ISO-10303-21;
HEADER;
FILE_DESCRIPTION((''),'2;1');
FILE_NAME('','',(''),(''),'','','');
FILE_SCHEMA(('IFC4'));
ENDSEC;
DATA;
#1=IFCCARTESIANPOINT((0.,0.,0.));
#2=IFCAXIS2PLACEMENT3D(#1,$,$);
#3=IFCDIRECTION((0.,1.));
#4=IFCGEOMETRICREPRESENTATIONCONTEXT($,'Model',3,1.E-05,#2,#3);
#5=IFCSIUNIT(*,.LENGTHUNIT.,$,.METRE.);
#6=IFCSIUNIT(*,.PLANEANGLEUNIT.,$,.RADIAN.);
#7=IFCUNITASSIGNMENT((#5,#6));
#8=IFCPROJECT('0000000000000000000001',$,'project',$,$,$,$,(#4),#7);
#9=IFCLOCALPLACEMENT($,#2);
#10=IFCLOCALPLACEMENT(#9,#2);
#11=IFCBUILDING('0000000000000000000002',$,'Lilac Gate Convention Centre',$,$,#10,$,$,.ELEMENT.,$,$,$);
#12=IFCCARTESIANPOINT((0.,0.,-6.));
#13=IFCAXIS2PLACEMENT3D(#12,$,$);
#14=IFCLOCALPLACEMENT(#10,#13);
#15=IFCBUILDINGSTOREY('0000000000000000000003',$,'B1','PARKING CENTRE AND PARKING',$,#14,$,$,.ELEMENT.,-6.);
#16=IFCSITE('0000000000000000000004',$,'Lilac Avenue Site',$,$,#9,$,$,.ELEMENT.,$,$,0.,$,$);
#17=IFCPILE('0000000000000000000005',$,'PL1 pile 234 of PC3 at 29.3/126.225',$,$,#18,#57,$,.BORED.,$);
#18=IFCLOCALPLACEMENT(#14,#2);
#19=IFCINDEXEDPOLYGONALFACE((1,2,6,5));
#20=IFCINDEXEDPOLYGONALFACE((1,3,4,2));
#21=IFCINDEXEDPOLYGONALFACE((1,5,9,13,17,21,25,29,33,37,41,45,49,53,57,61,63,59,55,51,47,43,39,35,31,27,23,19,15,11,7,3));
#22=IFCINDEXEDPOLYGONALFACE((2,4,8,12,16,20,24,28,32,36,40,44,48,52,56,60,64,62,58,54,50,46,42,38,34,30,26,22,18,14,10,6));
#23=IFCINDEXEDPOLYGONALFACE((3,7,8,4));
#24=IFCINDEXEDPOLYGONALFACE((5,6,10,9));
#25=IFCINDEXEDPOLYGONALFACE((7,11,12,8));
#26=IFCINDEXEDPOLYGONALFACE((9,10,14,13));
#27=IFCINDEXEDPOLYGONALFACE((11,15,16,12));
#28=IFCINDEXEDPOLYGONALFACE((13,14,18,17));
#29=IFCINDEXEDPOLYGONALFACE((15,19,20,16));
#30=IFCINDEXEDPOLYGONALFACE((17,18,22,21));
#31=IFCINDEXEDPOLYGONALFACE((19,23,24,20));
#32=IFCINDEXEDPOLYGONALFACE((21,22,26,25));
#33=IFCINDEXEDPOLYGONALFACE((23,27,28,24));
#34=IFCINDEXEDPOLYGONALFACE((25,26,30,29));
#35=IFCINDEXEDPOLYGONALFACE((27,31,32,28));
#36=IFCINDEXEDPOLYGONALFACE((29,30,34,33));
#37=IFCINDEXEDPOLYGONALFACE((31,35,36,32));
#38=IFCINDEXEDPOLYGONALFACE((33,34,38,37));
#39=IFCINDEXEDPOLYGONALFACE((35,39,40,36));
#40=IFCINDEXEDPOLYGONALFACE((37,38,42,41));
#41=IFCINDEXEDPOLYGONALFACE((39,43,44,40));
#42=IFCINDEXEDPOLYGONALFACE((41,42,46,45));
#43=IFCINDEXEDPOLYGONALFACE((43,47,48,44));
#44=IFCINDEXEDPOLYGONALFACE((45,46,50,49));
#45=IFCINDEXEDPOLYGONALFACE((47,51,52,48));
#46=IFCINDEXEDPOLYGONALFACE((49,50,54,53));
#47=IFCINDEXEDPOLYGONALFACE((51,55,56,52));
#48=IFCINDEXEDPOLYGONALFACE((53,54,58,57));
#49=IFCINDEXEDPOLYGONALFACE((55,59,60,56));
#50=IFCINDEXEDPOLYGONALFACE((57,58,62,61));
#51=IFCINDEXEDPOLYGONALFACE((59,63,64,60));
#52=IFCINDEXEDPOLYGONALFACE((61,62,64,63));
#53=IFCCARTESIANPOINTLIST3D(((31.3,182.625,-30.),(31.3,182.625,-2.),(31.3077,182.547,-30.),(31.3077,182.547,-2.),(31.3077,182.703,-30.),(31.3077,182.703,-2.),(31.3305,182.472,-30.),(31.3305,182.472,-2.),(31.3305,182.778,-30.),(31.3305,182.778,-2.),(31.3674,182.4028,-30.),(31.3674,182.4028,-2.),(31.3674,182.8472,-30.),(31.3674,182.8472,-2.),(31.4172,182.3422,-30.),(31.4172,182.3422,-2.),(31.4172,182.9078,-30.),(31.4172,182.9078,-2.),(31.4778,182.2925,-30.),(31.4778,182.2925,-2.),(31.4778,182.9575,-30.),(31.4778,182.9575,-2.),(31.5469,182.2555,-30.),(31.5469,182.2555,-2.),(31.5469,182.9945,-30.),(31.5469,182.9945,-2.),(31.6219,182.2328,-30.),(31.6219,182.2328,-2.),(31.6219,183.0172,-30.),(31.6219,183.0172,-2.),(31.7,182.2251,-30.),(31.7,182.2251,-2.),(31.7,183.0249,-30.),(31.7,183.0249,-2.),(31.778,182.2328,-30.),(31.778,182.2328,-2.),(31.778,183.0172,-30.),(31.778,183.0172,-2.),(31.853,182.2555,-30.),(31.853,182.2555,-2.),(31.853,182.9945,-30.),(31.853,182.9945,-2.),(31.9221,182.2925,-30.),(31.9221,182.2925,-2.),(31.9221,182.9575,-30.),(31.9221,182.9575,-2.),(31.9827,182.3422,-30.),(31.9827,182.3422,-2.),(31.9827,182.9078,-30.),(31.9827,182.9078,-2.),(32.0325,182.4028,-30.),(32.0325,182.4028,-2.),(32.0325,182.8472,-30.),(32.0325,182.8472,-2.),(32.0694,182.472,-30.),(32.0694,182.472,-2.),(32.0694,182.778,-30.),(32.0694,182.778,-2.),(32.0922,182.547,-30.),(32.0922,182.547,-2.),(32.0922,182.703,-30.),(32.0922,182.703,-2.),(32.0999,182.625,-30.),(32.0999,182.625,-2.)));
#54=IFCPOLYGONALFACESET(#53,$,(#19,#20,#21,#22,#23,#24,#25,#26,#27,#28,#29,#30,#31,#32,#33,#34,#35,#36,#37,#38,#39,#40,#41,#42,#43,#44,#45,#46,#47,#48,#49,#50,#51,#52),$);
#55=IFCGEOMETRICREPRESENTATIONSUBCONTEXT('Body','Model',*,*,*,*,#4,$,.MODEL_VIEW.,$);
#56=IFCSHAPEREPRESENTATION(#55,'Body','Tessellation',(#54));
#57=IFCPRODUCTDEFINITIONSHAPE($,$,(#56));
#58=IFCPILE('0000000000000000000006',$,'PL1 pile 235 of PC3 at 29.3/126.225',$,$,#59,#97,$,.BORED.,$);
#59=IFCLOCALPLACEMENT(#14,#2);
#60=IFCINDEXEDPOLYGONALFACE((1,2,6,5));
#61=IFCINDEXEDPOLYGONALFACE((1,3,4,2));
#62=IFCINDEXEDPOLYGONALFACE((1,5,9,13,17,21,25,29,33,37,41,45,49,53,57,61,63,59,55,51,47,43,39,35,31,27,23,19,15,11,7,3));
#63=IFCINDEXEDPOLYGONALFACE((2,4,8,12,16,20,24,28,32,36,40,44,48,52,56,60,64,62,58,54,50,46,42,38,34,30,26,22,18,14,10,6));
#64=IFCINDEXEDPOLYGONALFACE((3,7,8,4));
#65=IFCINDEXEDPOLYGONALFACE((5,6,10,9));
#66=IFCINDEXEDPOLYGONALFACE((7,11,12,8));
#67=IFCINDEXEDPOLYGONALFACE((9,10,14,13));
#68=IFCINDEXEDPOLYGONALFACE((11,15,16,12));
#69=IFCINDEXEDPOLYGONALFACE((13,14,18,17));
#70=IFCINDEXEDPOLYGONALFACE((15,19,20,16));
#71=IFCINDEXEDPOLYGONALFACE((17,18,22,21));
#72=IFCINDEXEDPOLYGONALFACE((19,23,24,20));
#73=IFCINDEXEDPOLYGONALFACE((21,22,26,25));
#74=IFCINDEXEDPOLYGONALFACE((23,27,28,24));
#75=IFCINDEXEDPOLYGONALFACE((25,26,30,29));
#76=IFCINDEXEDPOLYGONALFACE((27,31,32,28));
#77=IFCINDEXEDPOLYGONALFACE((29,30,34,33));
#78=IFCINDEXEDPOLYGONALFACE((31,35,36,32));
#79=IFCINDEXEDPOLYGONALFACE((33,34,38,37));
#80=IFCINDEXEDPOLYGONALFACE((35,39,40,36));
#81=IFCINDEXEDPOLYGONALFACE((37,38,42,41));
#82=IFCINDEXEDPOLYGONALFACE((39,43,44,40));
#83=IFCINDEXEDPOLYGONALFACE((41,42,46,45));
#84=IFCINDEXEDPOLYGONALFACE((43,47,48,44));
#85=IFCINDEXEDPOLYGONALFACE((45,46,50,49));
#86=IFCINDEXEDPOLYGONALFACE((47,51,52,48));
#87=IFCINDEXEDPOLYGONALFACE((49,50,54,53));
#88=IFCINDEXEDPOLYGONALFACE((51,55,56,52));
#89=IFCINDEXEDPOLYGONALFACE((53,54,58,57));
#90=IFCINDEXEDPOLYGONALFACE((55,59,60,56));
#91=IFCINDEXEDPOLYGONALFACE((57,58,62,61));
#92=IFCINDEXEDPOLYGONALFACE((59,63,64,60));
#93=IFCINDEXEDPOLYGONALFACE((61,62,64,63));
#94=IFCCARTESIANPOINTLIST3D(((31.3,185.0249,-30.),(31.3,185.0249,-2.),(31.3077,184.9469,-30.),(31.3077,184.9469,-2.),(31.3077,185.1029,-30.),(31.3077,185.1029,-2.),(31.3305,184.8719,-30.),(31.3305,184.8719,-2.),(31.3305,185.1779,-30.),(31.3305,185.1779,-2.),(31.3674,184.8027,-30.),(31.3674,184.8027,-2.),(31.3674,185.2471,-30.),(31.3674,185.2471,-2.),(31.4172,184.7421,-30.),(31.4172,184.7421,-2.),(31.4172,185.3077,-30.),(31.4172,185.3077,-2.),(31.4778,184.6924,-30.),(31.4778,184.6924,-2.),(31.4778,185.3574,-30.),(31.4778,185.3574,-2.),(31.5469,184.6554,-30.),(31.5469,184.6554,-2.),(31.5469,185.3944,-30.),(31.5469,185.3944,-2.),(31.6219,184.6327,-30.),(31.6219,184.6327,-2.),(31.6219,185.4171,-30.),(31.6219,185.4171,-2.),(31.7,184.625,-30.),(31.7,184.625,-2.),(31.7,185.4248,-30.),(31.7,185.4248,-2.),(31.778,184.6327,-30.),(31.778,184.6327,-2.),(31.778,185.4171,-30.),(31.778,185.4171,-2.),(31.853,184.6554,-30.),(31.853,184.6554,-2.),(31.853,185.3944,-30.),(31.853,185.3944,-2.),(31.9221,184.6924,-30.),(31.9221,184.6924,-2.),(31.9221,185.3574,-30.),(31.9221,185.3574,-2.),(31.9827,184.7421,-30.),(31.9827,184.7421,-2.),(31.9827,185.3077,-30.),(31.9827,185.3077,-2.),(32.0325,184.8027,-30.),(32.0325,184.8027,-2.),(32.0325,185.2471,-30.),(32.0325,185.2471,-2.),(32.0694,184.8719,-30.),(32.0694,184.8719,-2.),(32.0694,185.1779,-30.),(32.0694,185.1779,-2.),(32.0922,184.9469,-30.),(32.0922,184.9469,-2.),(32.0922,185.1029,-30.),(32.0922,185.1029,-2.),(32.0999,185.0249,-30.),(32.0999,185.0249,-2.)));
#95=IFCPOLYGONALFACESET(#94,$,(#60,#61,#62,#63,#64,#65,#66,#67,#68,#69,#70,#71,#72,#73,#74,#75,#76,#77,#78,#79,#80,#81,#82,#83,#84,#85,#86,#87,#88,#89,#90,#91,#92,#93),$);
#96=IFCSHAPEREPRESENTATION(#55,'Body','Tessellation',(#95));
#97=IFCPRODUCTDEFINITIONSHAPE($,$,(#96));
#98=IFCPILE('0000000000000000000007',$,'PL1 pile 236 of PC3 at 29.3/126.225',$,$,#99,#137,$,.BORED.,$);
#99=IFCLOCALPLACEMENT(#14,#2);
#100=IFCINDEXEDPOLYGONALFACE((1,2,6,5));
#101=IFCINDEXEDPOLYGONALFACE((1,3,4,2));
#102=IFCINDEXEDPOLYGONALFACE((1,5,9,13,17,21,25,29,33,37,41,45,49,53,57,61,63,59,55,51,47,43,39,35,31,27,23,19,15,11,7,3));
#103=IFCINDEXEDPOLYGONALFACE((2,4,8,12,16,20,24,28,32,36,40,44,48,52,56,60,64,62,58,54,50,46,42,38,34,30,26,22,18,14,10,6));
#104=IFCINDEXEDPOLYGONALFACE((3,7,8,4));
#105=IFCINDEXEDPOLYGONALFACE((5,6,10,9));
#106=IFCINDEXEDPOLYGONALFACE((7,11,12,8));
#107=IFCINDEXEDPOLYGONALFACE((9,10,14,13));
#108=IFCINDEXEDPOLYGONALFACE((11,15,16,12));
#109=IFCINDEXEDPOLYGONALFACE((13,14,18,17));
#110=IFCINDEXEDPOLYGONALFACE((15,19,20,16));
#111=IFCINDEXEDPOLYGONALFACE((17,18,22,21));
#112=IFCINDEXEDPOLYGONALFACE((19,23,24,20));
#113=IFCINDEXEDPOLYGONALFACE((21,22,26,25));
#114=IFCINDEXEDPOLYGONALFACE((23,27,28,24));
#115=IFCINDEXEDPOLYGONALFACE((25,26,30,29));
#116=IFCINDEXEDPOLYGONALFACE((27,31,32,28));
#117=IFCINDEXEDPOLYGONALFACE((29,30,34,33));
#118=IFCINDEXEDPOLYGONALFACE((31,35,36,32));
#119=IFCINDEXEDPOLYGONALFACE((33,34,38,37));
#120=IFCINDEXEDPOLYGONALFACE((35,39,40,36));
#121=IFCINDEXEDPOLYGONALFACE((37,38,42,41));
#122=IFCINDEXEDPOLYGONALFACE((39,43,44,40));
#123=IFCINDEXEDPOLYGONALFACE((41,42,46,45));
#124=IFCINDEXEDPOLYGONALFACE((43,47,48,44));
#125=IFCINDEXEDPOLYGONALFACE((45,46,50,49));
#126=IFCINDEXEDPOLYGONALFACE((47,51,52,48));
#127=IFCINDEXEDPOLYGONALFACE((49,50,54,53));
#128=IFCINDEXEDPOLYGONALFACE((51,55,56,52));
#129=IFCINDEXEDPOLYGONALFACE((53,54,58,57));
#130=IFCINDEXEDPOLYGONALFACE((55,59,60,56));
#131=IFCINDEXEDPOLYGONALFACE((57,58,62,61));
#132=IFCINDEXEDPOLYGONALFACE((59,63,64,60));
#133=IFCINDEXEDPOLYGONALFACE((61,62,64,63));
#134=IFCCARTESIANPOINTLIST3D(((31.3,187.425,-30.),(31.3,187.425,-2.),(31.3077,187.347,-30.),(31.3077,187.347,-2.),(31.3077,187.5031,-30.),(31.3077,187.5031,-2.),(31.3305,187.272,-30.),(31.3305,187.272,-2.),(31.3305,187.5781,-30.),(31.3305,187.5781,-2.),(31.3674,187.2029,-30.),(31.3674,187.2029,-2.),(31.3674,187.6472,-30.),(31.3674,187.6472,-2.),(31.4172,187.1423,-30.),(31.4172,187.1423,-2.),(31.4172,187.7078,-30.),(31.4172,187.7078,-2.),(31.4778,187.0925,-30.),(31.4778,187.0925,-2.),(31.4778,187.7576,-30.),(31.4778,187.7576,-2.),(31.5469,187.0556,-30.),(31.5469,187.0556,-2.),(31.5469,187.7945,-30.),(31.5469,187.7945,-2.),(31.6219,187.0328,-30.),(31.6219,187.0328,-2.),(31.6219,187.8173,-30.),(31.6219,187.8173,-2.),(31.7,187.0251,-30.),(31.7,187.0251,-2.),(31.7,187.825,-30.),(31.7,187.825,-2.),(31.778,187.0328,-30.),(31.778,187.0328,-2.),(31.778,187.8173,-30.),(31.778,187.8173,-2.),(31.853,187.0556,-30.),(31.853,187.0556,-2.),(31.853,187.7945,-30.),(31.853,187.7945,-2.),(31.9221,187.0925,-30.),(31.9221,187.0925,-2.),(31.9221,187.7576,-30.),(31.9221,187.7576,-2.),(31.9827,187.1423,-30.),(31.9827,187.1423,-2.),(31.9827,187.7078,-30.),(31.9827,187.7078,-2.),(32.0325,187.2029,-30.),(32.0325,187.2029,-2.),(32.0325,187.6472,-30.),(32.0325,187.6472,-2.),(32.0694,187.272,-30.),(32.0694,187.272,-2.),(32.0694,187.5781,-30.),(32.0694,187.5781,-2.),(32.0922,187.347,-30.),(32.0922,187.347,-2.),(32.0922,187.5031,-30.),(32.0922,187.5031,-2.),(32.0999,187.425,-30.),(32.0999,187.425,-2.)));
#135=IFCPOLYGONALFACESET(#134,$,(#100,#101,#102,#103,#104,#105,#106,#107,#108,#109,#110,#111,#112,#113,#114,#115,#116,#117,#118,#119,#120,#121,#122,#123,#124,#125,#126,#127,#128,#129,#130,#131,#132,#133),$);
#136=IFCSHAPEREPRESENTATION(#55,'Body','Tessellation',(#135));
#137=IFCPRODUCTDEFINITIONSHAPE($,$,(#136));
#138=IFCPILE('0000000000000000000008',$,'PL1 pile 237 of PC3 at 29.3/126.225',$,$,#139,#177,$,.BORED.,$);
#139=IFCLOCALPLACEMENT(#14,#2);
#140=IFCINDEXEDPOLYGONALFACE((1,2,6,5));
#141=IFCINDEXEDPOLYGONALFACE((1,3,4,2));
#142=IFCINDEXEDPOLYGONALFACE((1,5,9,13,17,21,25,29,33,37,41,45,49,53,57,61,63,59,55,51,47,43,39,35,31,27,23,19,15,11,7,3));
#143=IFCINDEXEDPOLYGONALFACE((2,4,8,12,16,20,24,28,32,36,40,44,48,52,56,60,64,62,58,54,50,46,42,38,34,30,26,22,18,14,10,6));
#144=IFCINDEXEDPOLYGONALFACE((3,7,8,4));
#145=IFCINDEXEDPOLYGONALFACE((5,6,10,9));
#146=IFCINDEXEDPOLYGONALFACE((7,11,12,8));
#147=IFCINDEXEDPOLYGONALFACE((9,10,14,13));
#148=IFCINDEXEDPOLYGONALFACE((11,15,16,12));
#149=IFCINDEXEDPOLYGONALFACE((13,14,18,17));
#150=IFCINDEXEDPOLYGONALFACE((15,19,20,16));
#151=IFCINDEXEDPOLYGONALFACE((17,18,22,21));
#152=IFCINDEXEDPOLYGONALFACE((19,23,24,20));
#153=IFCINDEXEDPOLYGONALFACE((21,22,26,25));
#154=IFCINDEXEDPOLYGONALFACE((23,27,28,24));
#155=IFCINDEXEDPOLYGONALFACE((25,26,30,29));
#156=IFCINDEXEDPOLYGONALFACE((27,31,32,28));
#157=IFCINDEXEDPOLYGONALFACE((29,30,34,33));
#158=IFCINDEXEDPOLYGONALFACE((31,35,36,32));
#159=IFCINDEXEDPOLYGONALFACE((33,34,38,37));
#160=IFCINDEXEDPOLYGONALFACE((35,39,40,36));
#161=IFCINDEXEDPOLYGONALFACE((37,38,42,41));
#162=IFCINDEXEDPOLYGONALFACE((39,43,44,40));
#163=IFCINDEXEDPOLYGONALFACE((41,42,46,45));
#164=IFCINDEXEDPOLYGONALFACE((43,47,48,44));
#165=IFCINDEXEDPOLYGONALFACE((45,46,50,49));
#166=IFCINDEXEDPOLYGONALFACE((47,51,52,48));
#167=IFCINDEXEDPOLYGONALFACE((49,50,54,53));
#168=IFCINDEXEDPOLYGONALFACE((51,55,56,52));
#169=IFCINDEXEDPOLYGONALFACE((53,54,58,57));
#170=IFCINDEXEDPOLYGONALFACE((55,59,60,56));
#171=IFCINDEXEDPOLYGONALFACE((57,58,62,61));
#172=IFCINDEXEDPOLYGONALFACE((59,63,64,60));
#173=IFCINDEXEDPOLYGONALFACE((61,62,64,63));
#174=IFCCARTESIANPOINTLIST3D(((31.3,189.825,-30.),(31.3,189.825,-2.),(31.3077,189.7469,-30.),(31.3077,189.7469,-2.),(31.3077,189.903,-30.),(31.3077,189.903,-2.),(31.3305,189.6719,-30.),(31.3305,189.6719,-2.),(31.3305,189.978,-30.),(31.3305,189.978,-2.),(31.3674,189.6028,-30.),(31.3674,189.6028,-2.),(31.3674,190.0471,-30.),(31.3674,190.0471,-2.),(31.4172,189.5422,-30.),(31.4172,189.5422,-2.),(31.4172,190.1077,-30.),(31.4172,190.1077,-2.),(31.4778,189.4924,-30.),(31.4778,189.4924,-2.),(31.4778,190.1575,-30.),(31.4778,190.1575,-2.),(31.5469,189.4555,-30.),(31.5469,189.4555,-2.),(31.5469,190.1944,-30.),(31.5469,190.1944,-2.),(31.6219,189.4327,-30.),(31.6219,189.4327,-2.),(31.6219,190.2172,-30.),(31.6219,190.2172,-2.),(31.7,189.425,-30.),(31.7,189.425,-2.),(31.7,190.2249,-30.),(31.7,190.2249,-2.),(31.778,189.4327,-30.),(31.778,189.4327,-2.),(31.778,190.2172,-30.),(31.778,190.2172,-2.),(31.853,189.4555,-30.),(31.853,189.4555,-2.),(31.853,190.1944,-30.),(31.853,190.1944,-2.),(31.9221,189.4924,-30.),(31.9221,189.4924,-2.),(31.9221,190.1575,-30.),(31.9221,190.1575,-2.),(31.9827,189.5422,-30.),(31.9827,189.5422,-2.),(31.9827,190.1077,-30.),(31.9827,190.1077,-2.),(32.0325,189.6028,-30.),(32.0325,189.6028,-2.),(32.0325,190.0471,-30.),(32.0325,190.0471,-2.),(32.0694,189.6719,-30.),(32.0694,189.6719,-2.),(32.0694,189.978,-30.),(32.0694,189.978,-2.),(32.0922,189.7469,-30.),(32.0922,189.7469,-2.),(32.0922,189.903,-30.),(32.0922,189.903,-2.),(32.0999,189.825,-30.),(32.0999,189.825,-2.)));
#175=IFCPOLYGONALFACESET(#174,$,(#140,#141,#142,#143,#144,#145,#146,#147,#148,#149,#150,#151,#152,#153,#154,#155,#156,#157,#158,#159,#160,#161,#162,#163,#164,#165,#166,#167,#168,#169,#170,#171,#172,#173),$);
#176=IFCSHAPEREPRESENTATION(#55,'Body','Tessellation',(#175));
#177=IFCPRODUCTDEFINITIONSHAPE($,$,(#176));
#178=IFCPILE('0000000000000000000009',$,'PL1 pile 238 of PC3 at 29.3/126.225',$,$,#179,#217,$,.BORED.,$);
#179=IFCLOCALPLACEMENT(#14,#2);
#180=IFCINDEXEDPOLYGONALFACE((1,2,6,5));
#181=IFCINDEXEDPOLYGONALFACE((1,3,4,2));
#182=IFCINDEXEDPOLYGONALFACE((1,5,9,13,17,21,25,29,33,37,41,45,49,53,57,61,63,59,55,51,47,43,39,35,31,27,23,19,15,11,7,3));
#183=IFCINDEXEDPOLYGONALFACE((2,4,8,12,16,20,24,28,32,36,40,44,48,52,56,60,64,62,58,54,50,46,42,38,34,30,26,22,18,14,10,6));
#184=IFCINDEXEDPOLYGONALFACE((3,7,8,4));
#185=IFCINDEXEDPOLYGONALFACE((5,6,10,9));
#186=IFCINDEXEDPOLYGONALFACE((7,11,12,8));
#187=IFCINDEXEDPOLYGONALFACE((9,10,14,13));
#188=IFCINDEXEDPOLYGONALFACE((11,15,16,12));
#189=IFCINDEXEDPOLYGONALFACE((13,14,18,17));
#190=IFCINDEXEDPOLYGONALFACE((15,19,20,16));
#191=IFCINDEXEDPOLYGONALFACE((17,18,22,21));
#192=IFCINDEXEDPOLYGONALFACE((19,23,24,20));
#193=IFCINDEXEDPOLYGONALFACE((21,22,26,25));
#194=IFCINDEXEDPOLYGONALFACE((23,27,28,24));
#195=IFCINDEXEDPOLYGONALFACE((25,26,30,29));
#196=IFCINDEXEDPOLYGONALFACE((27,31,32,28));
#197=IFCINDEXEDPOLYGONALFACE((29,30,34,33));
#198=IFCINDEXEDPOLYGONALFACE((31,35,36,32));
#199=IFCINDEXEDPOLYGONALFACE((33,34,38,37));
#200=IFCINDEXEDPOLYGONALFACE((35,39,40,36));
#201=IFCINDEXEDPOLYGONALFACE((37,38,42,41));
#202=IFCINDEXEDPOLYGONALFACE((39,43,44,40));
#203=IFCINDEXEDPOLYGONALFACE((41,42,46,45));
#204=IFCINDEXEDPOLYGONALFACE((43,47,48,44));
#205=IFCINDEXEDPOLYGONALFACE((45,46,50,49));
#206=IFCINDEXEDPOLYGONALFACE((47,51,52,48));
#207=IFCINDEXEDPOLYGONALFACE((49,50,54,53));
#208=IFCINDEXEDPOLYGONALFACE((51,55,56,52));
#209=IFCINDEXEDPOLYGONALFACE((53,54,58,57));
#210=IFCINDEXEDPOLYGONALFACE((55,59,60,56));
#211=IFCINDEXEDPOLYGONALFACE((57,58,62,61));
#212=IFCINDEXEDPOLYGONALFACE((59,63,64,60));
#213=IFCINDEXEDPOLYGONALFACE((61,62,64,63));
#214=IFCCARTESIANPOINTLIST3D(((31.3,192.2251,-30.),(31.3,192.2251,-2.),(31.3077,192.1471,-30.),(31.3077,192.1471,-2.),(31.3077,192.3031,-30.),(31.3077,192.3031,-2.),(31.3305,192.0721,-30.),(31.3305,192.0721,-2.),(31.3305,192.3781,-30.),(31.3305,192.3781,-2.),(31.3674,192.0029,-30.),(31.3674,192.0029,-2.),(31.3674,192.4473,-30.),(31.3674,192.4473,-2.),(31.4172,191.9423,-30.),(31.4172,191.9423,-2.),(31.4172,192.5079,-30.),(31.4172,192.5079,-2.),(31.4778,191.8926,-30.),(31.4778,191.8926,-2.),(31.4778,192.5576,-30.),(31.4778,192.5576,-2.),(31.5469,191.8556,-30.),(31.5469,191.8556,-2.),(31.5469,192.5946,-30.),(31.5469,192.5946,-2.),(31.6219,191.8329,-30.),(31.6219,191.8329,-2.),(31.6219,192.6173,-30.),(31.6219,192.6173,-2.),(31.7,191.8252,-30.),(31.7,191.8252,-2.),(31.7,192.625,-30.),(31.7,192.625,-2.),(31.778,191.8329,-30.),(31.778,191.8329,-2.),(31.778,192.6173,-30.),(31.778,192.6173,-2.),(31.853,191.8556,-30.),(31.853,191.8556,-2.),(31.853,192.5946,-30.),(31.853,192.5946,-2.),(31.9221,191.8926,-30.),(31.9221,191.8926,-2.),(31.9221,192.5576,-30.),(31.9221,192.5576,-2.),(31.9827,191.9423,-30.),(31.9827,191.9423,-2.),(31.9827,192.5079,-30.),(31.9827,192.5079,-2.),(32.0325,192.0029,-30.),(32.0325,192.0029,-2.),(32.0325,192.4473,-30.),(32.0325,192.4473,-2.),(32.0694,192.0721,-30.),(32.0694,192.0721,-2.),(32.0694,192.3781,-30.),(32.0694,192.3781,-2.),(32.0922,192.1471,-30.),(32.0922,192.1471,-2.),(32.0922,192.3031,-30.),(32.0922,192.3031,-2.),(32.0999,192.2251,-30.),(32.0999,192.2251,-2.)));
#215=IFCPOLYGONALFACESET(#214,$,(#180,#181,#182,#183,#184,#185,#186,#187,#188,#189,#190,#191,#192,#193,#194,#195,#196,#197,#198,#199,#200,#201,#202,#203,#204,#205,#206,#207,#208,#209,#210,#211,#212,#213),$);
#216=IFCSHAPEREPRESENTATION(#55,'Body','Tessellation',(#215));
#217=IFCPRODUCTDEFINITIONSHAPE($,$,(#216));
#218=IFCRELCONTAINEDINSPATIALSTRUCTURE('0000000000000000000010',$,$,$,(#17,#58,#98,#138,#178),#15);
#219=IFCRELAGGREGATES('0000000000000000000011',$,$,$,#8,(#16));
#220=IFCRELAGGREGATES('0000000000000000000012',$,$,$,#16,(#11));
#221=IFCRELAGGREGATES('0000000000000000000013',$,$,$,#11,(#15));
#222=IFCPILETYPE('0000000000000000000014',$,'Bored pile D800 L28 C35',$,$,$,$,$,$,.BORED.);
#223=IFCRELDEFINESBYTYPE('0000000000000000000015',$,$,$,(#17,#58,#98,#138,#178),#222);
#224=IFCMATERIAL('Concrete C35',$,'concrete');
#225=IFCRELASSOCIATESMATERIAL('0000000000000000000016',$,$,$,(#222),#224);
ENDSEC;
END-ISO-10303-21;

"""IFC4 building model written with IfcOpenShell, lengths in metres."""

from ifc_helpers import new_model, si_unit, direction, frame, origin, origin_2d, place, context, subcontext, project, spatial, circle, extrude, material, material_profile, profile_set, type_object, element, save


model = new_model("IFC4")

# Units and contexts
model_context = context("Model", 3, precision=1e-05, world=origin(), true_north=direction((0.0, 1.0)))
body_context = subcontext(model_context, "Body", "Model", "MODEL_VIEW")
ifc_project = project(units=[si_unit("LENGTHUNIT", "METRE"), si_unit("PLANEANGLEUNIT", "RADIAN")], contexts=[model_context])

# Site, building, storey
site_placement = place(None, origin())
site = spatial("IfcSite", under=ifc_project, at=site_placement, Name="Lilac Avenue Site", CompositionType="ELEMENT", RefElevation=0.0)
building_placement = place(site_placement, origin())
building = spatial("IfcBuilding", under=site, at=building_placement, Name="Lilac Gate Convention Centre", CompositionType="ELEMENT")
storey_placement = place(building_placement, frame((0.0, 0.0, -6.0)))
storey = spatial("IfcBuildingStorey", under=building, at=storey_placement, Name="B1", Description="PARKING CENTRE AND PARKING", CompositionType="ELEMENT", Elevation=-6.0)

# Piles
ifc_material_1 = material(Name="Concrete C35", Category="concrete")
ifc_material_profile_1 = material_profile(ifc_material_1, circle(Radius=0.3999, at=origin_2d()), Name="D800")
ifc_profile_set_1 = profile_set([ifc_material_profile_1], Name="Concrete C35")
pile_type = type_object("IfcPileType", Name="Bored pile D800 L28 C35", PredefinedType="BORED", material=ifc_profile_set_1)
for number, where, z_axis, x_axis, name in (
    (1, (31.7, 182.625, -2.0), (0.0, 0.0, -1.0), (1.0, 0.0, 0.0), "PL1 pile 234 of PC3 at 29.3/126.225"),
    (2, (31.7, 185.0249, -2.0), (0.0, 0.0, -1.0), (1.0, 0.0, 0.0), "PL1 pile 235 of PC3 at 29.3/126.225"),
    (3, (31.7, 187.425, -2.0), (0.0, 0.0, -1.0), (1.0, 0.0, 0.0), "PL1 pile 236 of PC3 at 29.3/126.225"),
    (4, (31.7, 189.825, -2.0), (0.0, 0.0, -1.0), (1.0, 0.0, 0.0), "PL1 pile 237 of PC3 at 29.3/126.225"),
    (5, (31.7, 192.2251, -2.0), (0.0, 0.0, -1.0), (1.0, 0.0, 0.0), "PL1 pile 238 of PC3 at 29.3/126.225"),
):
    element("IfcPile", number, at=place(storey_placement, frame(where, z_axis=z_axis, x_axis=x_axis)), inside=storey, type_object=pile_type, Name=name, PredefinedType="BORED", context=body_context, shape_type="SweptSolid", body=[
        extrude(circle(Radius=0.3999, at=origin_2d()), origin(), (0.0, 0.0, 1.0), 28.0),
    ])

save(model, "model.ifc")
